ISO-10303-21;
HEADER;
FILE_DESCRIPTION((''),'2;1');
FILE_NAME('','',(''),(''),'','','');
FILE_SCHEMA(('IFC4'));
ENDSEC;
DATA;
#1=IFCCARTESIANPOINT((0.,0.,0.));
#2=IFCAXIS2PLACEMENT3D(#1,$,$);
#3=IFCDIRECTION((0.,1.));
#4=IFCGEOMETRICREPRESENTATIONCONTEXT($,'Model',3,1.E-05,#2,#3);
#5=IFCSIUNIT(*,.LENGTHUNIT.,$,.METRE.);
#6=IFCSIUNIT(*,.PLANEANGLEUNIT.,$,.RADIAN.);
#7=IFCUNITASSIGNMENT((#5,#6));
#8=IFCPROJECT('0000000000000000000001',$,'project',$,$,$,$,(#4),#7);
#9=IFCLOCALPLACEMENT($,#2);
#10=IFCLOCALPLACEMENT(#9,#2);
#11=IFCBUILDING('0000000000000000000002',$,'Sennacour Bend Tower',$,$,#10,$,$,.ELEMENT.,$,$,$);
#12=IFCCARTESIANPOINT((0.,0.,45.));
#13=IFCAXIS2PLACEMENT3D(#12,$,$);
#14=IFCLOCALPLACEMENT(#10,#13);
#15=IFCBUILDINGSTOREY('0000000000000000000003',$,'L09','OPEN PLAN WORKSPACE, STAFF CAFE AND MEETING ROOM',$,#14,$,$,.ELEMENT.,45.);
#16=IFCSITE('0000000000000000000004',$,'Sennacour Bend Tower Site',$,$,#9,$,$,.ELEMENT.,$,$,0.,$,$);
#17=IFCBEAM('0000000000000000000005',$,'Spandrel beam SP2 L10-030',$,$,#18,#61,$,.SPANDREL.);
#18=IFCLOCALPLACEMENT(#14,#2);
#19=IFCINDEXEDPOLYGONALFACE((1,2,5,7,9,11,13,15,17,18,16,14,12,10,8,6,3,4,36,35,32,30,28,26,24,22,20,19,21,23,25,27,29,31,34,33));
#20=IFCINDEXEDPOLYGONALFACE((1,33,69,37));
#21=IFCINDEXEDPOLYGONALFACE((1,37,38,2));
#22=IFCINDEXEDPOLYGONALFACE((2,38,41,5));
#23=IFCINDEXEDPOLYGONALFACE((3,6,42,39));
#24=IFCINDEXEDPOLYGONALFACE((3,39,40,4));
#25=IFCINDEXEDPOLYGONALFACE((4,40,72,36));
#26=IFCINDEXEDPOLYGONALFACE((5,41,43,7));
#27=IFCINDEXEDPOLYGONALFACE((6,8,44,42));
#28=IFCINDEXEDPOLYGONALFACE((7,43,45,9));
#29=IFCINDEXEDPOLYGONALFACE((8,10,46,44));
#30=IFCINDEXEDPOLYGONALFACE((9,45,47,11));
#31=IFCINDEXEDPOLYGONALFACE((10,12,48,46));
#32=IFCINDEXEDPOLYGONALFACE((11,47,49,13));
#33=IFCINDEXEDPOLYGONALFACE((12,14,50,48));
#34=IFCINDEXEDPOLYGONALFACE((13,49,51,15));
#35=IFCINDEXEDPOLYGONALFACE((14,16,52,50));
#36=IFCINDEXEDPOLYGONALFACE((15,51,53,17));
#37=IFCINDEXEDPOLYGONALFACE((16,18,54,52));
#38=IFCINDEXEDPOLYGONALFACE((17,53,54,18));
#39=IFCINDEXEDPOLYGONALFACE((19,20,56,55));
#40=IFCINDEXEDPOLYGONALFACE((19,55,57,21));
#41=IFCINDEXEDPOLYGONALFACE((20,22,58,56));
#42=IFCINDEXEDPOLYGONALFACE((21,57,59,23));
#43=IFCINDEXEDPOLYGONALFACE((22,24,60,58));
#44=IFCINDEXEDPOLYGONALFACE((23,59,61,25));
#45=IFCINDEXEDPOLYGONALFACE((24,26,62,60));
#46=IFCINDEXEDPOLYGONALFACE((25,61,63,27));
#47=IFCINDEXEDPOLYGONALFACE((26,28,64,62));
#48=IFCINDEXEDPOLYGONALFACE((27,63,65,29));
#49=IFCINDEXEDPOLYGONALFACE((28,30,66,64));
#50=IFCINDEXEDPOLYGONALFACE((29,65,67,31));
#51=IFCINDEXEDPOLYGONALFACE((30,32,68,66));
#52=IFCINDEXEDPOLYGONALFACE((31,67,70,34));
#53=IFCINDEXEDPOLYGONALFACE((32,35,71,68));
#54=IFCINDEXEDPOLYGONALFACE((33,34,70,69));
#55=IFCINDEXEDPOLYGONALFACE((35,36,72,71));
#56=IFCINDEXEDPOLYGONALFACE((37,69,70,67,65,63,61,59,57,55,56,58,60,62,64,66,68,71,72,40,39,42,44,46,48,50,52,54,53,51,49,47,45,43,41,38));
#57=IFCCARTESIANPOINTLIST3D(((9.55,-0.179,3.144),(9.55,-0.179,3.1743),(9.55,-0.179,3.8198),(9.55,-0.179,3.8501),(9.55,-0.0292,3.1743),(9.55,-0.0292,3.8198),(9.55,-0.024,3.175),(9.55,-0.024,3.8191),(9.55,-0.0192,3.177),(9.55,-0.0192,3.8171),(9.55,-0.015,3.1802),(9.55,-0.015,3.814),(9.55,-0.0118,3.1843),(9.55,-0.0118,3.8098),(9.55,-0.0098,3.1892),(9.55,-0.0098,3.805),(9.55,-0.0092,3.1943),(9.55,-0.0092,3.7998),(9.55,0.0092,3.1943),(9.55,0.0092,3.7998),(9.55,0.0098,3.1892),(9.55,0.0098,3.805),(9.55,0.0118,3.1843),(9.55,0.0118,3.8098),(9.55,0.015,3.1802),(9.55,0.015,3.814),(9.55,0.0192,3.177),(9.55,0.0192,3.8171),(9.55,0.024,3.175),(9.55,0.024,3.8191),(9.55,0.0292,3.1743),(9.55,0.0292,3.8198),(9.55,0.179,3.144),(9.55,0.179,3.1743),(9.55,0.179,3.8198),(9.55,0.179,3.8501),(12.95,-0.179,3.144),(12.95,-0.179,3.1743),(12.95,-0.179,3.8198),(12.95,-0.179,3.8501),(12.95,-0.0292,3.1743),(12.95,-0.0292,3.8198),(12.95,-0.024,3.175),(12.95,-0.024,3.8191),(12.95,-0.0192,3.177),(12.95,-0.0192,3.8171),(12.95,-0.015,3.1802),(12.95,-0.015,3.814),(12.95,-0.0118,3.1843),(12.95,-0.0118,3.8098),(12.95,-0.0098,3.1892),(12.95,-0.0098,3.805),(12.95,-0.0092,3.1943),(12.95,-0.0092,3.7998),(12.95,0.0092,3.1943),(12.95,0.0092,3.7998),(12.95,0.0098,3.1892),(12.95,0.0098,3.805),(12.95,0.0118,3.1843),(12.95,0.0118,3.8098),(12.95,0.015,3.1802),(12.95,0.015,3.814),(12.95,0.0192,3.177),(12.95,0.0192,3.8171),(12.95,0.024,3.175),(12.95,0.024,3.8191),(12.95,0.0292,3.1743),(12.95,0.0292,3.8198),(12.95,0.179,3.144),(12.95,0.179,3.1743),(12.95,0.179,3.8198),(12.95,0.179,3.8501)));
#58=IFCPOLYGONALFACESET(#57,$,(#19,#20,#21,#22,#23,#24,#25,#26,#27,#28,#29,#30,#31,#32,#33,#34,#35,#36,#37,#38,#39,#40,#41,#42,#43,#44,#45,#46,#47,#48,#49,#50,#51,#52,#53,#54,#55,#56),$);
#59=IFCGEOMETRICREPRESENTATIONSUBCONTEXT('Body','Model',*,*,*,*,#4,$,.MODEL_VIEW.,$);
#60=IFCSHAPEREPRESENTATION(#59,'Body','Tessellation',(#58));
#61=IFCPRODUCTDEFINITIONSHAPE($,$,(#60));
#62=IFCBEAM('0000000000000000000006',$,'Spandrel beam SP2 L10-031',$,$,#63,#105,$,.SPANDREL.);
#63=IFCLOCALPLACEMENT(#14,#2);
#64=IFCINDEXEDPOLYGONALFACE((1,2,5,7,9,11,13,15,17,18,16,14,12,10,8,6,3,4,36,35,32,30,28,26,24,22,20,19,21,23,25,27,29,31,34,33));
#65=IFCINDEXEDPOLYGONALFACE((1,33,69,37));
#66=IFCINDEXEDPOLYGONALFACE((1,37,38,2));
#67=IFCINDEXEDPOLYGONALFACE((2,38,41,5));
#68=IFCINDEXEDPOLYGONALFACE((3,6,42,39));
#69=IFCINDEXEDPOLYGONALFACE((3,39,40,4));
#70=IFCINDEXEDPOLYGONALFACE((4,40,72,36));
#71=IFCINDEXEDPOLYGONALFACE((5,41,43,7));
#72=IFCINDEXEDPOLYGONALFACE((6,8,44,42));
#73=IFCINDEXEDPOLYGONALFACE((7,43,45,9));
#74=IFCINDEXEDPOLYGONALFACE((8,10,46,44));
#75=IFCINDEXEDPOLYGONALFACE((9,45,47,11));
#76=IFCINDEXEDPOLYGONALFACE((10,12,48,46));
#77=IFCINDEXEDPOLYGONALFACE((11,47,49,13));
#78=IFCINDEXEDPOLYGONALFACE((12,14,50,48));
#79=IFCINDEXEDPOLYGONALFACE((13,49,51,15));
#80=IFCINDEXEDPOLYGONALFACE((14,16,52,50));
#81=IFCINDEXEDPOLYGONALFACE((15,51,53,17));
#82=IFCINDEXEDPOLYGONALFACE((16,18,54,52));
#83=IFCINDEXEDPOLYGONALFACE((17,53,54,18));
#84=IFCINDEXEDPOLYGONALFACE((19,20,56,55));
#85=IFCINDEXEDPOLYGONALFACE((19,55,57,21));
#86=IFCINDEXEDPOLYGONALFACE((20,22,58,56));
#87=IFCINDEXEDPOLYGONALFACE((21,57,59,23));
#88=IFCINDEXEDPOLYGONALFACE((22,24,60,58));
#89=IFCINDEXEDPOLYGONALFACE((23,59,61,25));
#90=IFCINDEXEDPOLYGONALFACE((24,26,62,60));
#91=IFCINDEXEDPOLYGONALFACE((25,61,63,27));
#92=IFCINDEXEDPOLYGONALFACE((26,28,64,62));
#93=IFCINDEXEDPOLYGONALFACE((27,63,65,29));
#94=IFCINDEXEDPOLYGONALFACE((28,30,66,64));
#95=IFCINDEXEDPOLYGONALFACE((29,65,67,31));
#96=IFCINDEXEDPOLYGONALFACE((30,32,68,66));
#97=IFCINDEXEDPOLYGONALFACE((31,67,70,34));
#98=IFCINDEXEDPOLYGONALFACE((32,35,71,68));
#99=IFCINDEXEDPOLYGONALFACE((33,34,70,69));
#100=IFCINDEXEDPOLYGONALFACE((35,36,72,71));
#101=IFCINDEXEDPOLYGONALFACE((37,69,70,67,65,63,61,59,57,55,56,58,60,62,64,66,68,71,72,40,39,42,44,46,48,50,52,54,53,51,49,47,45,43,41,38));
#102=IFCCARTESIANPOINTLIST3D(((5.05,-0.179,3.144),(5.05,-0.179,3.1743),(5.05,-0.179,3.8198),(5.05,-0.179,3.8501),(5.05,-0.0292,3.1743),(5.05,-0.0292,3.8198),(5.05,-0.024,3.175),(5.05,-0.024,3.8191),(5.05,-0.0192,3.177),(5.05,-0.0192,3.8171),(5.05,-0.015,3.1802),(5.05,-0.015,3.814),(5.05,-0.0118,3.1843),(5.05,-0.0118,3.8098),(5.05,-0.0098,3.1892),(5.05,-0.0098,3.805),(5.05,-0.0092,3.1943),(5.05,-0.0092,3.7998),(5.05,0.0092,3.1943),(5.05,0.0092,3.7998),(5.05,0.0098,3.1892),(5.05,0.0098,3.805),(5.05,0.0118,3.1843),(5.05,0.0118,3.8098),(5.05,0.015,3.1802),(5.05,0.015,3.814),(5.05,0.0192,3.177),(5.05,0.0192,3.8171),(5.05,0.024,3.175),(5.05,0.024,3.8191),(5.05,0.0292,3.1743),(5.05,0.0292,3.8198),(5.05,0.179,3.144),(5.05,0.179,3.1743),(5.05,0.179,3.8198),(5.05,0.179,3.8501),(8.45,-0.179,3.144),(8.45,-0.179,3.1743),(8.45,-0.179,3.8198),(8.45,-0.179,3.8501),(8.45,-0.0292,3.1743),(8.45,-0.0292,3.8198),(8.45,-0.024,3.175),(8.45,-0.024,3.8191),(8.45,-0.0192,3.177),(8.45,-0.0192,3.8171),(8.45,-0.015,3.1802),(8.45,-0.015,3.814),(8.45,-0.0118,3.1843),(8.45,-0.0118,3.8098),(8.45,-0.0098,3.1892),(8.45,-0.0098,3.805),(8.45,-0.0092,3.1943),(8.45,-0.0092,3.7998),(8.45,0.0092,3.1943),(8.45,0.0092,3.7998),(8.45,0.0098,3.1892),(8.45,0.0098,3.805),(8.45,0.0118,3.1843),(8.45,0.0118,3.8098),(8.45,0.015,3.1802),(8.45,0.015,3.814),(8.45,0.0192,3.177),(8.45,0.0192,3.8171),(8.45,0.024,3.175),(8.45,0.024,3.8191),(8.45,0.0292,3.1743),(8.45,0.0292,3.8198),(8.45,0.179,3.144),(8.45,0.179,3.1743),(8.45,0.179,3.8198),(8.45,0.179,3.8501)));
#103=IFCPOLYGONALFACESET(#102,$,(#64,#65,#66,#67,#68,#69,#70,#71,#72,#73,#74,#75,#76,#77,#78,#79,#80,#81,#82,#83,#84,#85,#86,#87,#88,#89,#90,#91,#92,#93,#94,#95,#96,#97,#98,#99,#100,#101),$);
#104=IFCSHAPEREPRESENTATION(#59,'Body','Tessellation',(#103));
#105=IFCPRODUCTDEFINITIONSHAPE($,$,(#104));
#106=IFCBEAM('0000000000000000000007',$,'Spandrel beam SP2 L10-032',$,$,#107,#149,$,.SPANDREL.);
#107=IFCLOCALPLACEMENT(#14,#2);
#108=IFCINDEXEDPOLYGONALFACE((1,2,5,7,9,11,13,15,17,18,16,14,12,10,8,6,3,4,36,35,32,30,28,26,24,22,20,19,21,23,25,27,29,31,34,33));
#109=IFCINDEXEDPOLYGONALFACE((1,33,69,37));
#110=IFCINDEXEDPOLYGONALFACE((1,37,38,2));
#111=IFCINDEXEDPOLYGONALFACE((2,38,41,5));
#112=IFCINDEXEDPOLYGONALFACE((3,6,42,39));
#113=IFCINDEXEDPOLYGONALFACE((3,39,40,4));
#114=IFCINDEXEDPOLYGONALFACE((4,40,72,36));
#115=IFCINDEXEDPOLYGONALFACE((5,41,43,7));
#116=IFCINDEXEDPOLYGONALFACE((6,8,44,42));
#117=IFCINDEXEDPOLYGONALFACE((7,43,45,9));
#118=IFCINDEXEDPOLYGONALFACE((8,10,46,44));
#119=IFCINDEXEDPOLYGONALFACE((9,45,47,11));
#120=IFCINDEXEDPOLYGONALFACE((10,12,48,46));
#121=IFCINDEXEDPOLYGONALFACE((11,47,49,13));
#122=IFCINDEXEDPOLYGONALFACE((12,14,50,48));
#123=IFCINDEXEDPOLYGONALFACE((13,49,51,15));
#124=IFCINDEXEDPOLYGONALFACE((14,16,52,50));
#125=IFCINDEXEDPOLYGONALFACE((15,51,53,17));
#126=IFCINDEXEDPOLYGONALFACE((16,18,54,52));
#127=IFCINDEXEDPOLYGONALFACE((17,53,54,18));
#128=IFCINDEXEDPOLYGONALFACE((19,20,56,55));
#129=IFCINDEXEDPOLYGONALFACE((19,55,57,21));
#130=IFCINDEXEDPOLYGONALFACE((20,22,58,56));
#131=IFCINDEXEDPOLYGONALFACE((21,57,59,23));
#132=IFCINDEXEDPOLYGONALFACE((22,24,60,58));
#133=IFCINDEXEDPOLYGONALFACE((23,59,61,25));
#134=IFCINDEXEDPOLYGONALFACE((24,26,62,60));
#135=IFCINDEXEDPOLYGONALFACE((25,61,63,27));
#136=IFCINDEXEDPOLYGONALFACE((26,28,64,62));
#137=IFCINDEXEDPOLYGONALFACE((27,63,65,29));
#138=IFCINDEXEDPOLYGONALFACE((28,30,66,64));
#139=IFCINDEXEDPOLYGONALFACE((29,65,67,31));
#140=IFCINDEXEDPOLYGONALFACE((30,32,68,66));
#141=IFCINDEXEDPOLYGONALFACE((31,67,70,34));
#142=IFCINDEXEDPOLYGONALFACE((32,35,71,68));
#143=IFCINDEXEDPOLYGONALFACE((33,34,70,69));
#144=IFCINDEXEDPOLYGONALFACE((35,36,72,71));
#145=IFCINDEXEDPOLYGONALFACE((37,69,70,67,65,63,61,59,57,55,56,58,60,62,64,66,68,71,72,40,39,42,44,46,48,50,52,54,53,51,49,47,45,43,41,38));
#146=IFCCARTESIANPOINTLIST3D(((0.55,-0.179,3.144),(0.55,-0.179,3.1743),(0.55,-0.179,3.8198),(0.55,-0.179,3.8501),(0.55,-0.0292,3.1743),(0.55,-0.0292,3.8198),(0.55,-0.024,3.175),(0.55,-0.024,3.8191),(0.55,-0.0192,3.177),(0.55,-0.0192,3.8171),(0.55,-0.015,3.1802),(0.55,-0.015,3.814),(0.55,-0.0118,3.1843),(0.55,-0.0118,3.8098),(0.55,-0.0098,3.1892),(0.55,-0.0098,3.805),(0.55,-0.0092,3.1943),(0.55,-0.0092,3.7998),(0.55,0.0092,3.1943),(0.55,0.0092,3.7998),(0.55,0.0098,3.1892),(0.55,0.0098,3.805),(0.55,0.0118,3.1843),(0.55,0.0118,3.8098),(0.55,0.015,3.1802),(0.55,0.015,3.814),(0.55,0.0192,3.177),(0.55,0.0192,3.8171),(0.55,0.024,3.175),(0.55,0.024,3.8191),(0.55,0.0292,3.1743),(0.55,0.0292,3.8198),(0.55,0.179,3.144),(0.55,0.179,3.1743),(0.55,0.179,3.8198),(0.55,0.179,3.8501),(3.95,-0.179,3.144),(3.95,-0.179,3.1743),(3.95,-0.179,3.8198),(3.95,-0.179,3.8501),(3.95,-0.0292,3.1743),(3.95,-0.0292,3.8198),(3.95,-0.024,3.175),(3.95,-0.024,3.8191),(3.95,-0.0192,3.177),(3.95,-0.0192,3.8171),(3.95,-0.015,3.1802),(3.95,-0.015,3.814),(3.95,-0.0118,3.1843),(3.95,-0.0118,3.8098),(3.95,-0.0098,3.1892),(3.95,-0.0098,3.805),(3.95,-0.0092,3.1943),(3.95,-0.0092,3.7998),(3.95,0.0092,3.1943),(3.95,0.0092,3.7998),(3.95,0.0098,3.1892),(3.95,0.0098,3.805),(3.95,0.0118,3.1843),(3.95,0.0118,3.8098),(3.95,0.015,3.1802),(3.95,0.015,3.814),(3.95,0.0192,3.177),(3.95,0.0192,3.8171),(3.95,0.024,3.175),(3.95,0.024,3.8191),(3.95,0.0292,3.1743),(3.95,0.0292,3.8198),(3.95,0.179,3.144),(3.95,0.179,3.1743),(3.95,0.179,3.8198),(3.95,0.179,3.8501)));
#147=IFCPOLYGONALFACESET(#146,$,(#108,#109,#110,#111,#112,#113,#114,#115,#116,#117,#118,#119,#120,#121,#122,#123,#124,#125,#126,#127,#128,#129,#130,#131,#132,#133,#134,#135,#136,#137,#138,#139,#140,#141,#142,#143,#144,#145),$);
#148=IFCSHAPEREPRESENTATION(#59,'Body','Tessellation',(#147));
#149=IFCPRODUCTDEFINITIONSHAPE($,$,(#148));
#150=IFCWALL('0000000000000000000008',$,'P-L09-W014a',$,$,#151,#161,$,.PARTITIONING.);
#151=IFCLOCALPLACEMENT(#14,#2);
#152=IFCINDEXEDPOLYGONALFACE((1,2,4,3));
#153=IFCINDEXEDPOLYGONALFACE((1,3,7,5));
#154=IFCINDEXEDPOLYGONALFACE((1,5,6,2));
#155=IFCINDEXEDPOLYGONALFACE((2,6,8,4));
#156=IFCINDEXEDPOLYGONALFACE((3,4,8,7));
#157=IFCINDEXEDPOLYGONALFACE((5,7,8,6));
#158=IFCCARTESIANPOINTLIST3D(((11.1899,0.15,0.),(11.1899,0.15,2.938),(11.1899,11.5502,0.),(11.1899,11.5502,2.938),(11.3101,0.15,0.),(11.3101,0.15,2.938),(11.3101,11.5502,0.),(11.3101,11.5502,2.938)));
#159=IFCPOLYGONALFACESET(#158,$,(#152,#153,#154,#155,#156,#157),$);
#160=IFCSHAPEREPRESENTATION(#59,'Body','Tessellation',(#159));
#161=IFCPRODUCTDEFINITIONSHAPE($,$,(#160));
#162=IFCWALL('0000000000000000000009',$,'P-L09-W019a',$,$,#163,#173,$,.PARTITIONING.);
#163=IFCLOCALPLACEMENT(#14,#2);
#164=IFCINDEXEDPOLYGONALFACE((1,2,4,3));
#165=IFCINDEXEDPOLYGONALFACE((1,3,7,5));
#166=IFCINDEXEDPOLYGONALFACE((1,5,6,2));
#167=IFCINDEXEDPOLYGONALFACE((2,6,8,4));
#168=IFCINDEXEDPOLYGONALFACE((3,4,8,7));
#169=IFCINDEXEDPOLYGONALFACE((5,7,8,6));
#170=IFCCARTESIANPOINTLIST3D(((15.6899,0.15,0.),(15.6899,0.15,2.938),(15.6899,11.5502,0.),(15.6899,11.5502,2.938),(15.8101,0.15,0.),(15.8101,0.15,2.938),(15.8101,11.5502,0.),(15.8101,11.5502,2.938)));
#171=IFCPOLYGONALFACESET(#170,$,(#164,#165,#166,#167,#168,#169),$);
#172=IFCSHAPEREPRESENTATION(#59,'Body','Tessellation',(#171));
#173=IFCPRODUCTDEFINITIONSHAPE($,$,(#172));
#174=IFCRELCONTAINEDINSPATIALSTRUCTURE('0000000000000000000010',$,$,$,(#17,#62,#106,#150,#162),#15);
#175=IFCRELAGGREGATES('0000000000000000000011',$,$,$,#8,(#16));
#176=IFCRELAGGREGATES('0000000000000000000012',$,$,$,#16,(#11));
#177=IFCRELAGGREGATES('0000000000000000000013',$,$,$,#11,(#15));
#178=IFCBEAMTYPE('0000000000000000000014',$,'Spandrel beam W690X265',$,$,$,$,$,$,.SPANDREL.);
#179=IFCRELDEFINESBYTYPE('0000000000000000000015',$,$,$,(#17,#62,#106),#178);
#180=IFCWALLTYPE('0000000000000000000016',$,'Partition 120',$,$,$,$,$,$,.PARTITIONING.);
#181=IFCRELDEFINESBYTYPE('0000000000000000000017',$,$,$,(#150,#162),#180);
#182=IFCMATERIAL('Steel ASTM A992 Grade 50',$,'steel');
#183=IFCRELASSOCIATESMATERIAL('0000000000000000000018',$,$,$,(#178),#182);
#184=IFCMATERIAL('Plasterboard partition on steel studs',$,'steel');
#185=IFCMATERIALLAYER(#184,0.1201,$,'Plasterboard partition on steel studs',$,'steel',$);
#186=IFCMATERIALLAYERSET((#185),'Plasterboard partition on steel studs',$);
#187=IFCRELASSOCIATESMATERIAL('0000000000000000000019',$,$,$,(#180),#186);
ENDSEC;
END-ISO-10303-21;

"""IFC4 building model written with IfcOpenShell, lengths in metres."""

from ifc_helpers import new_model, si_unit, direction, frame, frame_2d, origin, origin_2d, place, context, subcontext, project, spatial, rectangle, i_section, extrude, material, layer, layer_set, material_profile, profile_set, type_object, element, save


model = new_model("IFC4")

# Units and contexts
model_context = context("Model", 3, precision=1e-05, world=origin(), true_north=direction((0.0, 1.0)))
body_context = subcontext(model_context, "Body", "Model", "MODEL_VIEW")
ifc_project = project(units=[si_unit("LENGTHUNIT", "METRE"), si_unit("PLANEANGLEUNIT", "RADIAN")], contexts=[model_context])

# Site, building, storey
site_placement = place(None, origin())
site = spatial("IfcSite", under=ifc_project, at=site_placement, Name="Sennacour Bend Tower Site", CompositionType="ELEMENT", RefElevation=0.0)
building_placement = place(site_placement, origin())
building = spatial("IfcBuilding", under=site, at=building_placement, Name="Sennacour Bend Tower", CompositionType="ELEMENT")
storey_placement = place(building_placement, frame((0.0, 0.0, 45.0)))
storey = spatial("IfcBuildingStorey", under=building, at=storey_placement, Name="L09", Description="OPEN PLAN WORKSPACE, STAFF CAFE AND MEETING ROOM", CompositionType="ELEMENT", Elevation=45.0)

# Beams
ifc_material_1 = material(Name="Steel ASTM A992 Grade 50", Category="steel")
ifc_material_profile_1 = material_profile(ifc_material_1, i_section(OverallWidth=0.3579, OverallDepth=0.7061, WebThickness=0.0183, FlangeThickness=0.0303, FilletRadius=0.02, at=origin_2d()), Name="Steel ASTM A992 Grade 50", Category="steel")
ifc_profile_set_1 = profile_set([ifc_material_profile_1], Name="Steel ASTM A992 Grade 50")
beam_type_1 = type_object("IfcBeamType", Name="Spandrel beam W690X265", PredefinedType="SPANDREL", material=ifc_profile_set_1)
for number, where, z_axis, x_axis, name in (
    (1, (12.95, 0.0, 3.4971), (-1.0, 0.0, 0.0), (0.0, -1.0, 0.0), "Spandrel beam SP2 L10-030"),
    (2, (8.45, 0.0, 3.4971), (-1.0, 0.0, 0.0), (0.0, -1.0, 0.0), "Spandrel beam SP2 L10-031"),
    (3, (3.95, 0.0, 3.4971), (-1.0, 0.0, 0.0), (0.0, -1.0, 0.0), "Spandrel beam SP2 L10-032"),
):
    element("IfcBeam", number, at=place(storey_placement, frame(where, z_axis=z_axis, x_axis=x_axis)), inside=storey, type_object=beam_type_1, Name=name, PredefinedType="SPANDREL", context=body_context, shape_type="SweptSolid", body=[
        extrude(i_section(OverallWidth=0.3579, OverallDepth=0.7061, WebThickness=0.0183, FlangeThickness=0.0303, FilletRadius=0.02, at=origin_2d()), origin(), (0.0, 0.0, 1.0), 3.3999),
    ])

# Walls
ifc_material_2 = material(Name="Plasterboard partition on steel studs", Category="steel")
ifc_layer_1 = layer(ifc_material_2, 0.1201, Name="Plasterboard partition on steel studs", Category="steel")
ifc_layer_set_1 = layer_set([ifc_layer_1], Name="Plasterboard partition on steel studs")
wall_type_1 = type_object("IfcWallType", Name="Partition 120", PredefinedType="PARTITIONING", material=ifc_layer_set_1)
for number, where, z_axis, x_axis, name in (
    (4, (11.25, 0.1499, 0.0), (0.0, 0.0, 1.0), (0.0, 1.0, 0.0), "P-L09-W014a"),
    (5, (15.75, 0.1499, 0.0), (0.0, 0.0, 1.0), (0.0, 1.0, 0.0), "P-L09-W019a"),
):
    element("IfcWall", number, at=place(storey_placement, frame(where, z_axis=z_axis, x_axis=x_axis)), inside=storey, type_object=wall_type_1, Name=name, PredefinedType="PARTITIONING", context=body_context, shape_type="SweptSolid", body=[
        extrude(rectangle(XDim=11.4001, YDim=0.1201, at=frame_2d((5.7002, 0.0))), origin(), (0.0, 0.0, 1.0), 2.938),
    ])

save(model, "model.ifc")
